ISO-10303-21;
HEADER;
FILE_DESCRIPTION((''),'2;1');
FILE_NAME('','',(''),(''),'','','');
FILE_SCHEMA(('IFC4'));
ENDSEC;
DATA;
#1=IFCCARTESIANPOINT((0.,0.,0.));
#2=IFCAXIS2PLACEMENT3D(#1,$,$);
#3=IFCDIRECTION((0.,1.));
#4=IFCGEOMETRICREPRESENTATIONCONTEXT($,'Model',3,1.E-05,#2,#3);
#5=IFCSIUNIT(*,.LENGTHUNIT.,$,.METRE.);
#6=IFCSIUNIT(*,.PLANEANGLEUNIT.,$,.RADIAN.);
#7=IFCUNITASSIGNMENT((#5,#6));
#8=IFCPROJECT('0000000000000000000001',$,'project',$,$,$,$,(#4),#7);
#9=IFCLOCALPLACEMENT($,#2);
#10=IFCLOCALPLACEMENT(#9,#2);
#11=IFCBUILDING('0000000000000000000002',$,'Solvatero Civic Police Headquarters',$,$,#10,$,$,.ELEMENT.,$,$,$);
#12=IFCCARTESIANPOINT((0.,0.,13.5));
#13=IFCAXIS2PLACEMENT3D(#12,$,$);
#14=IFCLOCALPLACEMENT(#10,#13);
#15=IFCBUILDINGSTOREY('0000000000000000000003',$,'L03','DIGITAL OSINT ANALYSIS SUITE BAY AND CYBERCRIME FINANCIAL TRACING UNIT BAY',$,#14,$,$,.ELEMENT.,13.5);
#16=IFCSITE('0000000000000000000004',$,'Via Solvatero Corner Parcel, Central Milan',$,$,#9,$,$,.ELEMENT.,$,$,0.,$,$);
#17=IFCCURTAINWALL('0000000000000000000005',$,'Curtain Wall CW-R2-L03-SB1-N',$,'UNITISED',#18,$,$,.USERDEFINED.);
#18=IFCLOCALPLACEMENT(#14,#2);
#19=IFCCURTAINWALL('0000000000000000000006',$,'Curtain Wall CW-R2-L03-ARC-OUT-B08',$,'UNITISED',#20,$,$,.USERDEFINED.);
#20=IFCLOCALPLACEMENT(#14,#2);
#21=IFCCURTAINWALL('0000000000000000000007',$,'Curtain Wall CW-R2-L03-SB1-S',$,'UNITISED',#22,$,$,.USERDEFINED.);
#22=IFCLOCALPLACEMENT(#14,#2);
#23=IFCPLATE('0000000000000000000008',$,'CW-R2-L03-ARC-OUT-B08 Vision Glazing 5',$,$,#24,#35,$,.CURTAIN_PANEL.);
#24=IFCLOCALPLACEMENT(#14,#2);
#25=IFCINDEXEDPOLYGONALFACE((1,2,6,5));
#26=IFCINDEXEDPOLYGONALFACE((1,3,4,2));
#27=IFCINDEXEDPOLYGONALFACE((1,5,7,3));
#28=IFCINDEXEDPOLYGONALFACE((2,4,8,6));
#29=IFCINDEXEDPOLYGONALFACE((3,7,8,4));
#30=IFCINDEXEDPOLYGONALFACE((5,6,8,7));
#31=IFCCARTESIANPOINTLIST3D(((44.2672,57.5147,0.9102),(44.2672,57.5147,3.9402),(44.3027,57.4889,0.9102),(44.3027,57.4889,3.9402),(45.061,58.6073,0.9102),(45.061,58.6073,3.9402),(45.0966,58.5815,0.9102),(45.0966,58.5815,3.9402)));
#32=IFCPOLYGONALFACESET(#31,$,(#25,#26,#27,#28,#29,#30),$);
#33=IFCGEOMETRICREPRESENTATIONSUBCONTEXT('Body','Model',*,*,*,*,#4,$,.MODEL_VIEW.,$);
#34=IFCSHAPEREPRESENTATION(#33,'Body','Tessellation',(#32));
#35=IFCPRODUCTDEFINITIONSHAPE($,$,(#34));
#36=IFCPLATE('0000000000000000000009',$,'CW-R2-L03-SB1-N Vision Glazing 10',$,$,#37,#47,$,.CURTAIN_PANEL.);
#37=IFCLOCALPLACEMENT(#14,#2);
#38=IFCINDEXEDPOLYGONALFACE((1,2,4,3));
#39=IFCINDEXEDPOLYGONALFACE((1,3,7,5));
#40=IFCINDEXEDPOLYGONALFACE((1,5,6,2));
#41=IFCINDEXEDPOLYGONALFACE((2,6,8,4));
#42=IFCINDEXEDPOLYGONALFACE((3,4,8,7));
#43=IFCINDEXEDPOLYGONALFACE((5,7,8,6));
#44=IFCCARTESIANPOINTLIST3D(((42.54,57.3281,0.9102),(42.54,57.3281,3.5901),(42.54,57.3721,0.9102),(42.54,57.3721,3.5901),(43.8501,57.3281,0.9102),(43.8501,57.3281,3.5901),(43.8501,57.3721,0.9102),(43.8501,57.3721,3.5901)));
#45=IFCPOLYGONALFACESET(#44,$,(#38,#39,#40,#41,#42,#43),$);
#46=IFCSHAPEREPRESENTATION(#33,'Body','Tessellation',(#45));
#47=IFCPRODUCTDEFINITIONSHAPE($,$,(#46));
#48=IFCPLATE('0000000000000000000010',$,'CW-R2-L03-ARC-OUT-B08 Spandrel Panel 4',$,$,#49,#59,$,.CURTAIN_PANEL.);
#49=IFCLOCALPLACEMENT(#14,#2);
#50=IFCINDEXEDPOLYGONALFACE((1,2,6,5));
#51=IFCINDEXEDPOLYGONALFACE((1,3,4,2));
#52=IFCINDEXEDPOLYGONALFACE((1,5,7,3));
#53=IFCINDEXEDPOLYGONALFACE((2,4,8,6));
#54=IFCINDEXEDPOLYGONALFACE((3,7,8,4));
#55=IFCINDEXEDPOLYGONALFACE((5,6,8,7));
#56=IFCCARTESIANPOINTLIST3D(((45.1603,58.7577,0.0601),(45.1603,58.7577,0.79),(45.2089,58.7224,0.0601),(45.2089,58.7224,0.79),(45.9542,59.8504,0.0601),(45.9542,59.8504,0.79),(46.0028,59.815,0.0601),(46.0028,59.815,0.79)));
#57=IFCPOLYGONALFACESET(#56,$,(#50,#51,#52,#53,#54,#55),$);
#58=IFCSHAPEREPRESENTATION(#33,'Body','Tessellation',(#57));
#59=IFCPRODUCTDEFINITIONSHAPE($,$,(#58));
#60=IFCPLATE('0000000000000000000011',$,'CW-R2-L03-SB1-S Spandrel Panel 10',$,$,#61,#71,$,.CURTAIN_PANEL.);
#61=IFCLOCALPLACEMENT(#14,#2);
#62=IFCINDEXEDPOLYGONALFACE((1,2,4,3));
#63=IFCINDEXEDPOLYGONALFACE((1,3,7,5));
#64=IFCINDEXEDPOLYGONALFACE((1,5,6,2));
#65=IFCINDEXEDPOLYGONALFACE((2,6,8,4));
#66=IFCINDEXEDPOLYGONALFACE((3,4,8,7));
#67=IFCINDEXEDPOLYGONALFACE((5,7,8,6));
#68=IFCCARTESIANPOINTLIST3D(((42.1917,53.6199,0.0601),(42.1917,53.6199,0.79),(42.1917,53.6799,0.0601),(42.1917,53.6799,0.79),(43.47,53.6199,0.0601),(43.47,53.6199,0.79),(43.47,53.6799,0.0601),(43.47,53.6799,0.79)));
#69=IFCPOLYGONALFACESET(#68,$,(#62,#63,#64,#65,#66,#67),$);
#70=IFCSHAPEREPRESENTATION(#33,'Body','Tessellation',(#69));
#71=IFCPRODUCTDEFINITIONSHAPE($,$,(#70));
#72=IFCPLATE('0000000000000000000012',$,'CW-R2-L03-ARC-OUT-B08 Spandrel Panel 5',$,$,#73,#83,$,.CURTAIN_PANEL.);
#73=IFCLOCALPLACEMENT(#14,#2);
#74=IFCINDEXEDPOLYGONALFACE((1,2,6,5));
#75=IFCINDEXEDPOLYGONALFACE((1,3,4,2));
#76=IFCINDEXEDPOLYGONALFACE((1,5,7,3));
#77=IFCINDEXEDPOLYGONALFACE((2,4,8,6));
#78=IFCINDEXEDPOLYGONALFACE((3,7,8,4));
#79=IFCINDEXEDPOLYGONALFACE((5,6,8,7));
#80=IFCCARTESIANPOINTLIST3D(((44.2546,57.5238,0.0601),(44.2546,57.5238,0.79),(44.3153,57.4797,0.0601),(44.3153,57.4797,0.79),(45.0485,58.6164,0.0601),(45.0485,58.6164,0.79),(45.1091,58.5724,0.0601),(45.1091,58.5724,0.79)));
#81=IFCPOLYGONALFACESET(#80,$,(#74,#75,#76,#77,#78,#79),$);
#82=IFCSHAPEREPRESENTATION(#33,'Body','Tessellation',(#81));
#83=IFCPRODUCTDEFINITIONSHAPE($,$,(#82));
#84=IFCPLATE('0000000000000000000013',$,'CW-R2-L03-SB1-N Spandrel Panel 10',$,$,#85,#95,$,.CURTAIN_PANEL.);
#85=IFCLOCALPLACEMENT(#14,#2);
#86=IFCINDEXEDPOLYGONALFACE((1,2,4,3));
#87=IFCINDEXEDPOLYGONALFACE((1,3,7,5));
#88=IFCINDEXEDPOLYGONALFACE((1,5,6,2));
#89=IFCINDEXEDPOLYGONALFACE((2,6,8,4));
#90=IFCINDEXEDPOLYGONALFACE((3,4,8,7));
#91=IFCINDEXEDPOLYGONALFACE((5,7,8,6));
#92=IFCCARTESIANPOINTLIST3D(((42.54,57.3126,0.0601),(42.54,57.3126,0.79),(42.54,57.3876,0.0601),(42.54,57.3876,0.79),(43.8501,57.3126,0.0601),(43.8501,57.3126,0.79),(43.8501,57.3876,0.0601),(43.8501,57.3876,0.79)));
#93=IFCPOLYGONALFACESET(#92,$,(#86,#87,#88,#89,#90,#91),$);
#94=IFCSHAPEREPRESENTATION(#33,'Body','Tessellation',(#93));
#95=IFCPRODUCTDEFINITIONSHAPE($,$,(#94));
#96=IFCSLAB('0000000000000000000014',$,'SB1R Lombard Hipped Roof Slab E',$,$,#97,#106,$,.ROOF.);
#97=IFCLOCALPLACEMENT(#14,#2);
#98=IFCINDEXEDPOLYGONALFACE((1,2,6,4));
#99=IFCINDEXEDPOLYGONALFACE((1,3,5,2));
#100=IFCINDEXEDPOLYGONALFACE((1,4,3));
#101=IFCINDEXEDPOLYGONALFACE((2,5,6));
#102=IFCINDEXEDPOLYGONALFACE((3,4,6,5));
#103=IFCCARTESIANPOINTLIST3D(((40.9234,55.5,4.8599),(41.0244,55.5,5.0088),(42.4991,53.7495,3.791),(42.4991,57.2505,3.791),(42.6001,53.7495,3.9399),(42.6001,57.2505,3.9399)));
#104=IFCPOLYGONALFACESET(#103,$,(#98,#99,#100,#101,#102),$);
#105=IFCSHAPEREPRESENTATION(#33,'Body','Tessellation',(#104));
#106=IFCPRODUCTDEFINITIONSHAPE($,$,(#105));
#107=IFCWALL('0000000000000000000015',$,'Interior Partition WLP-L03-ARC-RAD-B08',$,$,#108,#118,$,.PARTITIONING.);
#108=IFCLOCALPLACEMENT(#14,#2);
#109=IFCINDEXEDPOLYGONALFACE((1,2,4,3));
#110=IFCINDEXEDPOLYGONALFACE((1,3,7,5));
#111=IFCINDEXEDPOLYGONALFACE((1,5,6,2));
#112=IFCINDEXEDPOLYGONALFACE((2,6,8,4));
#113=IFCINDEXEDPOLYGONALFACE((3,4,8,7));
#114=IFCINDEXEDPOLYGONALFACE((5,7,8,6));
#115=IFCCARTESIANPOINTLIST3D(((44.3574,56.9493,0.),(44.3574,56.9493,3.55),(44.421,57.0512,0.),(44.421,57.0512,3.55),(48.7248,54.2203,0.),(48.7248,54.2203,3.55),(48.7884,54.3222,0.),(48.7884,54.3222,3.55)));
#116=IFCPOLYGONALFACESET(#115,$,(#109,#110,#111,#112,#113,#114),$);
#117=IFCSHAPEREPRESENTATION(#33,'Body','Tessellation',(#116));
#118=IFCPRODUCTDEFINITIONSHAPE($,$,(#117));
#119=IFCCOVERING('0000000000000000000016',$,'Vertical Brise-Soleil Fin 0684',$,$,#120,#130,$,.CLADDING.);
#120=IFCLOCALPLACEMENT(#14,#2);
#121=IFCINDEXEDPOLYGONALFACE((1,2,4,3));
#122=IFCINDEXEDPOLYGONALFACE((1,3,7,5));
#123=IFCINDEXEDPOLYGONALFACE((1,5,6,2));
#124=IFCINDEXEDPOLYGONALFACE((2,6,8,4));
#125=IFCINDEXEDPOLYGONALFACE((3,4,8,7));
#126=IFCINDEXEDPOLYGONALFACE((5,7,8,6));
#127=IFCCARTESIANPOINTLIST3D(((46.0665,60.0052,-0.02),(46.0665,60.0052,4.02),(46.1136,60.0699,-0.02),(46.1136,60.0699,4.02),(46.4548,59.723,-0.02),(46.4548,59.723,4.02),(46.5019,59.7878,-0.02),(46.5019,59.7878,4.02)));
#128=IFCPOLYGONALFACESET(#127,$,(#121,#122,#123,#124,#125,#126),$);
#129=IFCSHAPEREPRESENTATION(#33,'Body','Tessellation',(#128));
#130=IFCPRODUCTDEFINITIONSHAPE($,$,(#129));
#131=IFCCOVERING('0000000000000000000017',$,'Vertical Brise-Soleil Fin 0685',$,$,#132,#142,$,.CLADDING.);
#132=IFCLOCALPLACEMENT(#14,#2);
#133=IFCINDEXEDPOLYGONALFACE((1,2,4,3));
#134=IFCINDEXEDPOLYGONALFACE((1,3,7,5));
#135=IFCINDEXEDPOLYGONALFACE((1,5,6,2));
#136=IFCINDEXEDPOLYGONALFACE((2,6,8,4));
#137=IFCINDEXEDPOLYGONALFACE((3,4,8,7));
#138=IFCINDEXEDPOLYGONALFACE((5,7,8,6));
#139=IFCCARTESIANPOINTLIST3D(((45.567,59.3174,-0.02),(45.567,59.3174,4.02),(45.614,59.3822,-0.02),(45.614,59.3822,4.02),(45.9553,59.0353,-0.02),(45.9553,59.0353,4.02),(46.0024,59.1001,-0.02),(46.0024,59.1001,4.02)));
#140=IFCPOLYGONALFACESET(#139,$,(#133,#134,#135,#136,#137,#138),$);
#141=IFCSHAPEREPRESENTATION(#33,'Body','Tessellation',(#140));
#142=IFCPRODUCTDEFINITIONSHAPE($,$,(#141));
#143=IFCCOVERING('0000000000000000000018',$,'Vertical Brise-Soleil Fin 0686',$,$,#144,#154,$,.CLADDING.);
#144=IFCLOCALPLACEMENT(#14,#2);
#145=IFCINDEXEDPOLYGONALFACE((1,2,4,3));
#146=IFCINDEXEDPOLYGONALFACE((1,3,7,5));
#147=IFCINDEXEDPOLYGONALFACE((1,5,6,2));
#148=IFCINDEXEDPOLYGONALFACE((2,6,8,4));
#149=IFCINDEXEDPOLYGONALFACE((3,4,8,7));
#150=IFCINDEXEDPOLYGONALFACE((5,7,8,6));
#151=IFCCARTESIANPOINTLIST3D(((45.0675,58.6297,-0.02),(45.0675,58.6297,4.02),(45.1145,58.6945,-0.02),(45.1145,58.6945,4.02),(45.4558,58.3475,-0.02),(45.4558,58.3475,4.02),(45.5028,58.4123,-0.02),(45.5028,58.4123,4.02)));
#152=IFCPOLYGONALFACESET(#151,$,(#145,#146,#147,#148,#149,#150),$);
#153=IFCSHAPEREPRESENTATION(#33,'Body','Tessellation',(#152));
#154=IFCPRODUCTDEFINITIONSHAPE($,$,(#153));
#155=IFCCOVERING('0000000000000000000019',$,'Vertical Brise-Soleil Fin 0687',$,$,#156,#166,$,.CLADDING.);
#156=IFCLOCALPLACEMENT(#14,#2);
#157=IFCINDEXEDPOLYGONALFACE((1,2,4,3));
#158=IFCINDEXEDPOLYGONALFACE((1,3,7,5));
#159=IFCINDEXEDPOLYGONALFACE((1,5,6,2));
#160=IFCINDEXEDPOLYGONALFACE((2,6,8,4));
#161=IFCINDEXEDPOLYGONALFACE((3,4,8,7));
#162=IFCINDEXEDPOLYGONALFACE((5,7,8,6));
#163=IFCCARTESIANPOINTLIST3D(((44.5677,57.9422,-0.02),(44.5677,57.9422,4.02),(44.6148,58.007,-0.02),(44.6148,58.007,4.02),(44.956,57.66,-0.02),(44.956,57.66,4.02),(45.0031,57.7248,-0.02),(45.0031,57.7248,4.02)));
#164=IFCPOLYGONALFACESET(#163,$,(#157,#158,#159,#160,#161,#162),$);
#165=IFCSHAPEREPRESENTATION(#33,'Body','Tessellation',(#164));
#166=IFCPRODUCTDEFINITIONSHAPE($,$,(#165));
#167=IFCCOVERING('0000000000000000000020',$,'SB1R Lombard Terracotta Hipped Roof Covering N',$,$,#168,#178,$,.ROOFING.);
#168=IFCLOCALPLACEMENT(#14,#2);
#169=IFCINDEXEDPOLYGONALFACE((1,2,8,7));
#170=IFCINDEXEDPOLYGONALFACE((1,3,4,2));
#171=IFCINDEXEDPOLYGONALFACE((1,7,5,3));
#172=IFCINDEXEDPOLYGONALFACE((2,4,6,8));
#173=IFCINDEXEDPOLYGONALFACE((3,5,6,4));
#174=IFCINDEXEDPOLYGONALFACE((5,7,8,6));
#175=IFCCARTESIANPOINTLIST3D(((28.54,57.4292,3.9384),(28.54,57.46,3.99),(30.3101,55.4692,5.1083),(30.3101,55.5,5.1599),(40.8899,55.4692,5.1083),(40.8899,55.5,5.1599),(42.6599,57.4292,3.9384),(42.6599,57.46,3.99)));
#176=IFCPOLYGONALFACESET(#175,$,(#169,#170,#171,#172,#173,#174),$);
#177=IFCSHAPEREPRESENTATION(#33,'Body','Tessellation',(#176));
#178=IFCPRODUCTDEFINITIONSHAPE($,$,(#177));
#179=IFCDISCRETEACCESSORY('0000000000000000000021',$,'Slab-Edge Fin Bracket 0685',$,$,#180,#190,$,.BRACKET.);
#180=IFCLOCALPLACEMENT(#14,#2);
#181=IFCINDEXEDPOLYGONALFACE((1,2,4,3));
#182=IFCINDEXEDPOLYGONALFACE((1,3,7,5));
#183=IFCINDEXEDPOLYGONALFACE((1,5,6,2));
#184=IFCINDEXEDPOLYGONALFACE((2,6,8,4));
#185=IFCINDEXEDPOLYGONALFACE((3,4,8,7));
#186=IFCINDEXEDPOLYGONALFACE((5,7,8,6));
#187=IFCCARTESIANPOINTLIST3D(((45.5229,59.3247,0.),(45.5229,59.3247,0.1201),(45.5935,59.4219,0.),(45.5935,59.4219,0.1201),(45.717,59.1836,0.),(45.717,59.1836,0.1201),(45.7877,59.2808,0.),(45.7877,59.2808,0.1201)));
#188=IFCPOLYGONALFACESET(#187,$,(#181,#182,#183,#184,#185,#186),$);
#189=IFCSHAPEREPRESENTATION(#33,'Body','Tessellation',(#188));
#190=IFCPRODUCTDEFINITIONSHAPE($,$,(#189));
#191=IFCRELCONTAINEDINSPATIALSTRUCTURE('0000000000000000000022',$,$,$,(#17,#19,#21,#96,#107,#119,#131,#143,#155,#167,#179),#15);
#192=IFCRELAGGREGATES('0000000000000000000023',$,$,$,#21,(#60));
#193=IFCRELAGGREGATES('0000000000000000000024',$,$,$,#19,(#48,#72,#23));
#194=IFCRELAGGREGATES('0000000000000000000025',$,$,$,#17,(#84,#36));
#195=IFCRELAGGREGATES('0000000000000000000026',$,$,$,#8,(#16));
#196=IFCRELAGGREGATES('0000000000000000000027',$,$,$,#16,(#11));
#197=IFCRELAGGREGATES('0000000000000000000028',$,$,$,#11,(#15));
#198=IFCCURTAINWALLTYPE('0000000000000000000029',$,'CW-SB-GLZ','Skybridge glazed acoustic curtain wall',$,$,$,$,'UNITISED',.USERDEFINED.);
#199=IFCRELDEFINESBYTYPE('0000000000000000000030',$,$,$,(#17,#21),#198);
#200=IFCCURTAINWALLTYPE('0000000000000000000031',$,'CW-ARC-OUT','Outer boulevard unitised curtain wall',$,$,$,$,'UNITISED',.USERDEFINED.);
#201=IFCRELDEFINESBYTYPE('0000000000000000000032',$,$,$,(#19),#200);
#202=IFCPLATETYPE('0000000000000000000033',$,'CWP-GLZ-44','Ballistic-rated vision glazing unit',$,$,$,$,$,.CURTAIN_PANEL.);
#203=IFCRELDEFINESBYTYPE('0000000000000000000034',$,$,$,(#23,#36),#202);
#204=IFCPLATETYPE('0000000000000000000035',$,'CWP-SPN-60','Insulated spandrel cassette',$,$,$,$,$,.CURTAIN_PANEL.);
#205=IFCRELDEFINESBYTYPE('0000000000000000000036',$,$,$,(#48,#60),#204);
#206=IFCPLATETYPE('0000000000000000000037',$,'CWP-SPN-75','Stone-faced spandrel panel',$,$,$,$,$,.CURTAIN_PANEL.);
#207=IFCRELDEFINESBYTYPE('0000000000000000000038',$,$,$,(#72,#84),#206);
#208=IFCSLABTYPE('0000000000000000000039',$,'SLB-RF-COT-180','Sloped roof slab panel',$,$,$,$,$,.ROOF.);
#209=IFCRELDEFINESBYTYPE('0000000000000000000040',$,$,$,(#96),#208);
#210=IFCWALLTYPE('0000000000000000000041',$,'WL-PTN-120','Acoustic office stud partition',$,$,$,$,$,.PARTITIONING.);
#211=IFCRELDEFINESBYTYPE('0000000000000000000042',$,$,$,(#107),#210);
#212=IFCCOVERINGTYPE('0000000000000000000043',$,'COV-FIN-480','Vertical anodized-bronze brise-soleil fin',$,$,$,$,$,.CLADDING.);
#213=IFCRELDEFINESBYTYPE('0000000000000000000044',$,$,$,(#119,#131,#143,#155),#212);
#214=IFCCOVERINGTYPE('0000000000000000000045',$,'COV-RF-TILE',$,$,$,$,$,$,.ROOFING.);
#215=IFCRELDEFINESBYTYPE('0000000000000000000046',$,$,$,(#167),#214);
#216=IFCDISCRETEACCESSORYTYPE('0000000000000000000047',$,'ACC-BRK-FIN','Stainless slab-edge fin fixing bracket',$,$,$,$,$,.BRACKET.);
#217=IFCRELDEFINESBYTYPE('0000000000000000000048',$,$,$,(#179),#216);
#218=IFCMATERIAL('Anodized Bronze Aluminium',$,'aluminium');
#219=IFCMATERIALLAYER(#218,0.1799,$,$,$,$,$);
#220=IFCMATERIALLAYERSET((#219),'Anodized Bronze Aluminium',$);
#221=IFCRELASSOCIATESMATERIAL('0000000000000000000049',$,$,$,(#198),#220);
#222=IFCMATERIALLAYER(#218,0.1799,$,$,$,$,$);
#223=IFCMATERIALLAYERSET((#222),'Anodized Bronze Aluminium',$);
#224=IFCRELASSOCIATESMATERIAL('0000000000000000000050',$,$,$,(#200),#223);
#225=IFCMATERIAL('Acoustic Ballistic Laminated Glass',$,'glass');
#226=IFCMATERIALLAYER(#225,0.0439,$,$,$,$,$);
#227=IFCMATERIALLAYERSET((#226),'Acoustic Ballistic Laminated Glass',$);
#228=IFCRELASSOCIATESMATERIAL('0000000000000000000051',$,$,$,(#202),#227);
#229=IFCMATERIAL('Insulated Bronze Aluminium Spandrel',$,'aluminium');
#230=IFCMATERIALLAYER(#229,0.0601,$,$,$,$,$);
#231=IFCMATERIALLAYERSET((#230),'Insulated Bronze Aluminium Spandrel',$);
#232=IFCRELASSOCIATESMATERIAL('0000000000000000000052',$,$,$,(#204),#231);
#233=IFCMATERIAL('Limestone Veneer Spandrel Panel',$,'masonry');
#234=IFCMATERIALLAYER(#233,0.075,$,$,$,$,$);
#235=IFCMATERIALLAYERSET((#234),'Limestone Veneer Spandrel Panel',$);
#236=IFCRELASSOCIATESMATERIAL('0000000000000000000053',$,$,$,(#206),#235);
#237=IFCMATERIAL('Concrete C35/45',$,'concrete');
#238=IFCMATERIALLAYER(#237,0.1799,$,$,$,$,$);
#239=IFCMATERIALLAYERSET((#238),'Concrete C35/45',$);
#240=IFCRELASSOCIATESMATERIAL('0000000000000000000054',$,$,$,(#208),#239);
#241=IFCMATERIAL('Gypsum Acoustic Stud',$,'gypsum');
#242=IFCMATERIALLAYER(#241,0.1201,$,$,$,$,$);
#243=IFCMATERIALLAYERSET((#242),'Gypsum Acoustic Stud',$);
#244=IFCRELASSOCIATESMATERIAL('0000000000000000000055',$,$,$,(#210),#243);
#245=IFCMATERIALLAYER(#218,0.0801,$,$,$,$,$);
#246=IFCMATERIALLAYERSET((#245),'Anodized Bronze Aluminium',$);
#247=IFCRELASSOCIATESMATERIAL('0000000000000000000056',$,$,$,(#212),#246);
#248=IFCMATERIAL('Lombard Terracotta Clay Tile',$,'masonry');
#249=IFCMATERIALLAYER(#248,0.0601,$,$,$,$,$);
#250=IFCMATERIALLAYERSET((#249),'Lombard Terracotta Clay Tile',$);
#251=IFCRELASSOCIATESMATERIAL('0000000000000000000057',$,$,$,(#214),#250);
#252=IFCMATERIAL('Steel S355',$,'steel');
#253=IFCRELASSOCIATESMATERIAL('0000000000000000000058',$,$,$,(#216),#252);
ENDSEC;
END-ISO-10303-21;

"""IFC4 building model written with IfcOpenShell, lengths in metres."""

from ifc_helpers import new_model, si_unit, direction, frame, frame_2d, origin, origin_2d, place, context, subcontext, project, spatial, polyline, rectangle, outline, extrude, material, layer, layer_set, type_object, element, aggregate, save


model = new_model("IFC4")

# Units and contexts
model_context = context("Model", 3, precision=1e-05, world=origin(), true_north=direction((0.0, 1.0)))
body_context = subcontext(model_context, "Body", "Model", "MODEL_VIEW")
ifc_project = project(units=[si_unit("LENGTHUNIT", "METRE"), si_unit("PLANEANGLEUNIT", "RADIAN")], contexts=[model_context])

# Site, building, storey
site_placement = place(None, origin())
site = spatial("IfcSite", under=ifc_project, at=site_placement, Name="Via Solvatero Corner Parcel, Central Milan", CompositionType="ELEMENT", RefElevation=0.0)
building_placement = place(site_placement, origin())
building = spatial("IfcBuilding", under=site, at=building_placement, Name="Solvatero Civic Police Headquarters", CompositionType="ELEMENT")
storey_placement = place(building_placement, frame((0.0, 0.0, 13.5)))
storey = spatial("IfcBuildingStorey", under=building, at=storey_placement, Name="L03", Description="DIGITAL OSINT ANALYSIS SUITE BAY AND CYBERCRIME FINANCIAL TRACING UNIT BAY", CompositionType="ELEMENT", Elevation=13.5)

# Shared definitions
ifc_material_1 = material(Name="Steel S355", Category="steel")

# Curtain wall
ifc_material_2 = material(Name="Anodized Bronze Aluminium", Category="aluminium")
ifc_layer_1 = layer(ifc_material_2, 0.1799)
ifc_layer_set_1 = layer_set([ifc_layer_1], Name="Anodized Bronze Aluminium")
curtain_wall_type_1 = type_object("IfcCurtainWallType", Name="CW-SB-GLZ", Description="Skybridge glazed acoustic curtain wall", ElementType="UNITISED", PredefinedType="USERDEFINED", material=ifc_layer_set_1)
curtain_wall_1_placement = place(storey_placement, origin())
curtain_wall_1 = element("IfcCurtainWall", 1, at=curtain_wall_1_placement, inside=storey, type_object=curtain_wall_type_1, Name="Curtain Wall CW-R2-L03-SB1-N", ObjectType="UNITISED", PredefinedType="USERDEFINED")

# Curtain wall
ifc_layer_2 = layer(ifc_material_2, 0.1799)
ifc_layer_set_2 = layer_set([ifc_layer_2], Name="Anodized Bronze Aluminium")
curtain_wall_type_2 = type_object("IfcCurtainWallType", Name="CW-ARC-OUT", Description="Outer boulevard unitised curtain wall", ElementType="UNITISED", PredefinedType="USERDEFINED", material=ifc_layer_set_2)
curtain_wall_2_placement = place(storey_placement, origin())
curtain_wall_2 = element("IfcCurtainWall", 2, at=curtain_wall_2_placement, inside=storey, type_object=curtain_wall_type_2, Name="Curtain Wall CW-R2-L03-ARC-OUT-B08", ObjectType="UNITISED", PredefinedType="USERDEFINED")

# Curtain wall
curtain_wall_3_placement = place(storey_placement, origin())
curtain_wall_3 = element("IfcCurtainWall", 3, at=curtain_wall_3_placement, inside=storey, type_object=curtain_wall_type_1, Name="Curtain Wall CW-R2-L03-SB1-S", ObjectType="UNITISED", PredefinedType="USERDEFINED")

# Plates
ifc_material_3 = material(Name="Acoustic Ballistic Laminated Glass", Category="glass")
ifc_layer_3 = layer(ifc_material_3, 0.0439)
ifc_layer_set_3 = layer_set([ifc_layer_3], Name="Acoustic Ballistic Laminated Glass")
plate_type_1 = type_object("IfcPlateType", Name="CWP-GLZ-44", Description="Ballistic-rated vision glazing unit", PredefinedType="CURTAIN_PANEL", material=ifc_layer_set_3)
plate_1_placement = place(storey_placement, frame((44.6819, 58.0481, 0.9102), z_axis=(0.0, 0.0, 1.0), x_axis=(-0.587785, -0.809017, 0.0)))
plate_1 = element("IfcPlate", 4, at=plate_1_placement, type_object=plate_type_1, Name="CW-R2-L03-ARC-OUT-B08 Vision Glazing 5", PredefinedType="CURTAIN_PANEL", context=body_context, shape_type="SweptSolid", body=[
    extrude(rectangle(XDim=1.3506, YDim=0.0439, at=origin_2d()), origin(), (0.0, 0.0, 1.0), 3.03),
])
plate_2_placement = place(storey_placement, frame((43.1951, 57.3501, 0.9102), z_axis=(0.0, 0.0, 1.0), x_axis=(1.0, 0.0, 0.0)))
plate_2 = element("IfcPlate", 5, at=plate_2_placement, type_object=plate_type_1, Name="CW-R2-L03-SB1-N Vision Glazing 10", PredefinedType="CURTAIN_PANEL", context=body_context, shape_type="SweptSolid", body=[
    extrude(rectangle(XDim=1.3101, YDim=0.0439, at=origin_2d()), origin(), (0.0, 0.0, 1.0), 2.6799),
])
ifc_material_4 = material(Name="Insulated Bronze Aluminium Spandrel", Category="aluminium")
ifc_layer_4 = layer(ifc_material_4, 0.0601)
ifc_layer_set_4 = layer_set([ifc_layer_4], Name="Insulated Bronze Aluminium Spandrel")
plate_type_2 = type_object("IfcPlateType", Name="CWP-SPN-60", Description="Insulated spandrel cassette", PredefinedType="CURTAIN_PANEL", material=ifc_layer_set_4)
plate_3_placement = place(storey_placement, frame((45.5815, 59.2864, 0.0601), z_axis=(0.0, 0.0, 1.0), x_axis=(-0.587785, -0.809017, 0.0)))
plate_3 = element("IfcPlate", 6, at=plate_3_placement, type_object=plate_type_2, Name="CW-R2-L03-ARC-OUT-B08 Spandrel Panel 4", PredefinedType="CURTAIN_PANEL", context=body_context, shape_type="SweptSolid", body=[
    extrude(rectangle(XDim=1.3506, YDim=0.0601, at=origin_2d()), origin(), (0.0, 0.0, 1.0), 0.73),
])
plate_4_placement = place(storey_placement, frame((42.8308, 53.6499, 0.0601), z_axis=(0.0, 0.0, 1.0), x_axis=(1.0, 0.0, 0.0)))
plate_4 = element("IfcPlate", 7, at=plate_4_placement, type_object=plate_type_2, Name="CW-R2-L03-SB1-S Spandrel Panel 10", PredefinedType="CURTAIN_PANEL", context=body_context, shape_type="SweptSolid", body=[
    extrude(rectangle(XDim=1.2783, YDim=0.0601, at=origin_2d()), origin(), (0.0, 0.0, 1.0), 0.73),
])
aggregate(curtain_wall_3, [plate_4])
ifc_material_5 = material(Name="Limestone Veneer Spandrel Panel", Category="masonry")
ifc_layer_5 = layer(ifc_material_5, 0.075)
ifc_layer_set_5 = layer_set([ifc_layer_5], Name="Limestone Veneer Spandrel Panel")
plate_type_3 = type_object("IfcPlateType", Name="CWP-SPN-75", Description="Stone-faced spandrel panel", PredefinedType="CURTAIN_PANEL", material=ifc_layer_set_5)
plate_5_placement = place(storey_placement, frame((44.6819, 58.0481, 0.0601), z_axis=(0.0, 0.0, 1.0), x_axis=(-0.587785, -0.809017, 0.0)))
plate_5 = element("IfcPlate", 8, at=plate_5_placement, type_object=plate_type_3, Name="CW-R2-L03-ARC-OUT-B08 Spandrel Panel 5", PredefinedType="CURTAIN_PANEL", context=body_context, shape_type="SweptSolid", body=[
    extrude(rectangle(XDim=1.3506, YDim=0.075, at=origin_2d()), origin(), (0.0, 0.0, 1.0), 0.73),
])
aggregate(curtain_wall_2, [plate_3, plate_5, plate_1])
plate_6_placement = place(storey_placement, frame((43.1951, 57.3501, 0.0601), z_axis=(0.0, 0.0, 1.0), x_axis=(1.0, 0.0, 0.0)))
plate_6 = element("IfcPlate", 9, at=plate_6_placement, type_object=plate_type_3, Name="CW-R2-L03-SB1-N Spandrel Panel 10", PredefinedType="CURTAIN_PANEL", context=body_context, shape_type="SweptSolid", body=[
    extrude(rectangle(XDim=1.3101, YDim=0.075, at=origin_2d()), origin(), (0.0, 0.0, 1.0), 0.73),
])
aggregate(curtain_wall_1, [plate_6, plate_2])

# Slab
ifc_material_6 = material(Name="Concrete C35/45", Category="concrete")
ifc_layer_6 = layer(ifc_material_6, 0.1799)
ifc_layer_set_6 = layer_set([ifc_layer_6], Name="Concrete C35/45")
slab_type = type_object("IfcSlabType", Name="SLB-RF-COT-180", Description="Sloped roof slab panel", PredefinedType="ROOF", material=ifc_layer_set_6)
slab_placement = place(storey_placement, frame((42.6001, 57.2505, 3.9399), z_axis=(0.56137, 0.0, 0.827565), x_axis=(0.0, -1.0, 0.0)))
element("IfcSlab", 10, at=slab_placement, inside=storey, type_object=slab_type, Name="SB1R Lombard Hipped Roof Slab E", PredefinedType="ROOF", context=body_context, shape_type="SweptSolid", body=[
    extrude(outline(polyline([(0.0, 0.0), (3.501, 0.0), (1.7505, -1.904), (0.0, 0.0)])), origin(), (0.0, 0.0, -1.0), 0.1799),
])

# Wall
ifc_material_7 = material(Name="Gypsum Acoustic Stud", Category="gypsum")
ifc_layer_7 = layer(ifc_material_7, 0.1201)
ifc_layer_set_7 = layer_set([ifc_layer_7], Name="Gypsum Acoustic Stud")
wall_type = type_object("IfcWallType", Name="WL-PTN-120", Description="Acoustic office stud partition", PredefinedType="PARTITIONING", material=ifc_layer_set_7)
wall_placement = place(storey_placement, frame((48.7566, 54.2712, 0.0), z_axis=(0.0, 0.0, 1.0), x_axis=(-0.848054, 0.529909, 0.0)))
element("IfcWall", 11, at=wall_placement, inside=storey, type_object=wall_type, Name="Interior Partition WLP-L03-ARC-RAD-B08", PredefinedType="PARTITIONING", context=body_context, shape_type="SweptSolid", body=[
    extrude(rectangle(XDim=5.1499, YDim=0.1201, at=frame_2d((2.575, 0.0))), origin(), (0.0, 0.0, 1.0), 3.55),
])

# Coverings
ifc_layer_8 = layer(ifc_material_2, 0.0801)
ifc_layer_set_8 = layer_set([ifc_layer_8], Name="Anodized Bronze Aluminium")
covering_type_1 = type_object("IfcCoveringType", Name="COV-FIN-480", Description="Vertical anodized-bronze brise-soleil fin", PredefinedType="CLADDING", material=ifc_layer_set_8)
for number, where, z_axis, x_axis, name in (
    (12, (46.2842, 59.8965, -0.02), (0.0, 0.0, 1.0), (-0.587785, -0.809017, 0.0), "Vertical Brise-Soleil Fin 0684"),
    (13, (45.7847, 59.2087, -0.02), (0.0, 0.0, 1.0), (-0.587785, -0.809017, 0.0), "Vertical Brise-Soleil Fin 0685"),
    (14, (45.2852, 58.521, -0.02), (0.0, 0.0, 1.0), (-0.587785, -0.809017, 0.0), "Vertical Brise-Soleil Fin 0686"),
    (15, (44.7854, 57.8335, -0.02), (0.0, 0.0, 1.0), (-0.587785, -0.809017, 0.0), "Vertical Brise-Soleil Fin 0687"),
):
    element("IfcCovering", number, at=place(storey_placement, frame(where, z_axis=z_axis, x_axis=x_axis)), inside=storey, type_object=covering_type_1, Name=name, PredefinedType="CLADDING", context=body_context, shape_type="SweptSolid", body=[
        extrude(rectangle(XDim=0.0801, YDim=0.48, at=origin_2d()), origin(), (0.0, 0.0, 1.0), 4.04),
    ])
ifc_material_8 = material(Name="Lombard Terracotta Clay Tile", Category="masonry")
ifc_layer_9 = layer(ifc_material_8, 0.0601)
ifc_layer_set_9 = layer_set([ifc_layer_9], Name="Lombard Terracotta Clay Tile")
covering_type_2 = type_object("IfcCoveringType", Name="COV-RF-TILE", PredefinedType="ROOFING", material=ifc_layer_set_9)
covering_placement = place(storey_placement, frame((42.6599, 57.46, 3.99), z_axis=(0.0, 0.512544, 0.858661), x_axis=(-1.0, 0.0, 0.0)))
element("IfcCovering", 16, at=covering_placement, inside=storey, type_object=covering_type_2, Name="SB1R Lombard Terracotta Hipped Roof Covering N", PredefinedType="ROOFING", context=body_context, shape_type="SweptSolid", body=[
    extrude(outline(polyline([(0.0, 0.0), (14.1199, 0.0), (12.3499, 2.2826), (1.77, 2.2826), (0.0, 0.0)])), origin(), (0.0, 0.0, -1.0), 0.0601),
])

# Discrete accessory
discrete_accessory_type = type_object("IfcDiscreteAccessoryType", Name="ACC-BRK-FIN", Description="Stainless slab-edge fin fixing bracket", PredefinedType="BRACKET", material=ifc_material_1)
for number, where, z_axis, x_axis, name in (
    (17, (45.6553, 59.3027, 0.0), (0.0, 0.0, 1.0), (-0.587785, -0.809017, 0.0), "Slab-Edge Fin Bracket 0685"),
):
    element("IfcDiscreteAccessory", number, at=place(storey_placement, frame(where, z_axis=z_axis, x_axis=x_axis)), inside=storey, type_object=discrete_accessory_type, Name=name, PredefinedType="BRACKET", context=body_context, shape_type="SweptSolid", body=[
        extrude(rectangle(XDim=0.1201, YDim=0.24, at=origin_2d()), origin(), (0.0, 0.0, 1.0), 0.1201),
    ])

save(model, "model.ifc")
